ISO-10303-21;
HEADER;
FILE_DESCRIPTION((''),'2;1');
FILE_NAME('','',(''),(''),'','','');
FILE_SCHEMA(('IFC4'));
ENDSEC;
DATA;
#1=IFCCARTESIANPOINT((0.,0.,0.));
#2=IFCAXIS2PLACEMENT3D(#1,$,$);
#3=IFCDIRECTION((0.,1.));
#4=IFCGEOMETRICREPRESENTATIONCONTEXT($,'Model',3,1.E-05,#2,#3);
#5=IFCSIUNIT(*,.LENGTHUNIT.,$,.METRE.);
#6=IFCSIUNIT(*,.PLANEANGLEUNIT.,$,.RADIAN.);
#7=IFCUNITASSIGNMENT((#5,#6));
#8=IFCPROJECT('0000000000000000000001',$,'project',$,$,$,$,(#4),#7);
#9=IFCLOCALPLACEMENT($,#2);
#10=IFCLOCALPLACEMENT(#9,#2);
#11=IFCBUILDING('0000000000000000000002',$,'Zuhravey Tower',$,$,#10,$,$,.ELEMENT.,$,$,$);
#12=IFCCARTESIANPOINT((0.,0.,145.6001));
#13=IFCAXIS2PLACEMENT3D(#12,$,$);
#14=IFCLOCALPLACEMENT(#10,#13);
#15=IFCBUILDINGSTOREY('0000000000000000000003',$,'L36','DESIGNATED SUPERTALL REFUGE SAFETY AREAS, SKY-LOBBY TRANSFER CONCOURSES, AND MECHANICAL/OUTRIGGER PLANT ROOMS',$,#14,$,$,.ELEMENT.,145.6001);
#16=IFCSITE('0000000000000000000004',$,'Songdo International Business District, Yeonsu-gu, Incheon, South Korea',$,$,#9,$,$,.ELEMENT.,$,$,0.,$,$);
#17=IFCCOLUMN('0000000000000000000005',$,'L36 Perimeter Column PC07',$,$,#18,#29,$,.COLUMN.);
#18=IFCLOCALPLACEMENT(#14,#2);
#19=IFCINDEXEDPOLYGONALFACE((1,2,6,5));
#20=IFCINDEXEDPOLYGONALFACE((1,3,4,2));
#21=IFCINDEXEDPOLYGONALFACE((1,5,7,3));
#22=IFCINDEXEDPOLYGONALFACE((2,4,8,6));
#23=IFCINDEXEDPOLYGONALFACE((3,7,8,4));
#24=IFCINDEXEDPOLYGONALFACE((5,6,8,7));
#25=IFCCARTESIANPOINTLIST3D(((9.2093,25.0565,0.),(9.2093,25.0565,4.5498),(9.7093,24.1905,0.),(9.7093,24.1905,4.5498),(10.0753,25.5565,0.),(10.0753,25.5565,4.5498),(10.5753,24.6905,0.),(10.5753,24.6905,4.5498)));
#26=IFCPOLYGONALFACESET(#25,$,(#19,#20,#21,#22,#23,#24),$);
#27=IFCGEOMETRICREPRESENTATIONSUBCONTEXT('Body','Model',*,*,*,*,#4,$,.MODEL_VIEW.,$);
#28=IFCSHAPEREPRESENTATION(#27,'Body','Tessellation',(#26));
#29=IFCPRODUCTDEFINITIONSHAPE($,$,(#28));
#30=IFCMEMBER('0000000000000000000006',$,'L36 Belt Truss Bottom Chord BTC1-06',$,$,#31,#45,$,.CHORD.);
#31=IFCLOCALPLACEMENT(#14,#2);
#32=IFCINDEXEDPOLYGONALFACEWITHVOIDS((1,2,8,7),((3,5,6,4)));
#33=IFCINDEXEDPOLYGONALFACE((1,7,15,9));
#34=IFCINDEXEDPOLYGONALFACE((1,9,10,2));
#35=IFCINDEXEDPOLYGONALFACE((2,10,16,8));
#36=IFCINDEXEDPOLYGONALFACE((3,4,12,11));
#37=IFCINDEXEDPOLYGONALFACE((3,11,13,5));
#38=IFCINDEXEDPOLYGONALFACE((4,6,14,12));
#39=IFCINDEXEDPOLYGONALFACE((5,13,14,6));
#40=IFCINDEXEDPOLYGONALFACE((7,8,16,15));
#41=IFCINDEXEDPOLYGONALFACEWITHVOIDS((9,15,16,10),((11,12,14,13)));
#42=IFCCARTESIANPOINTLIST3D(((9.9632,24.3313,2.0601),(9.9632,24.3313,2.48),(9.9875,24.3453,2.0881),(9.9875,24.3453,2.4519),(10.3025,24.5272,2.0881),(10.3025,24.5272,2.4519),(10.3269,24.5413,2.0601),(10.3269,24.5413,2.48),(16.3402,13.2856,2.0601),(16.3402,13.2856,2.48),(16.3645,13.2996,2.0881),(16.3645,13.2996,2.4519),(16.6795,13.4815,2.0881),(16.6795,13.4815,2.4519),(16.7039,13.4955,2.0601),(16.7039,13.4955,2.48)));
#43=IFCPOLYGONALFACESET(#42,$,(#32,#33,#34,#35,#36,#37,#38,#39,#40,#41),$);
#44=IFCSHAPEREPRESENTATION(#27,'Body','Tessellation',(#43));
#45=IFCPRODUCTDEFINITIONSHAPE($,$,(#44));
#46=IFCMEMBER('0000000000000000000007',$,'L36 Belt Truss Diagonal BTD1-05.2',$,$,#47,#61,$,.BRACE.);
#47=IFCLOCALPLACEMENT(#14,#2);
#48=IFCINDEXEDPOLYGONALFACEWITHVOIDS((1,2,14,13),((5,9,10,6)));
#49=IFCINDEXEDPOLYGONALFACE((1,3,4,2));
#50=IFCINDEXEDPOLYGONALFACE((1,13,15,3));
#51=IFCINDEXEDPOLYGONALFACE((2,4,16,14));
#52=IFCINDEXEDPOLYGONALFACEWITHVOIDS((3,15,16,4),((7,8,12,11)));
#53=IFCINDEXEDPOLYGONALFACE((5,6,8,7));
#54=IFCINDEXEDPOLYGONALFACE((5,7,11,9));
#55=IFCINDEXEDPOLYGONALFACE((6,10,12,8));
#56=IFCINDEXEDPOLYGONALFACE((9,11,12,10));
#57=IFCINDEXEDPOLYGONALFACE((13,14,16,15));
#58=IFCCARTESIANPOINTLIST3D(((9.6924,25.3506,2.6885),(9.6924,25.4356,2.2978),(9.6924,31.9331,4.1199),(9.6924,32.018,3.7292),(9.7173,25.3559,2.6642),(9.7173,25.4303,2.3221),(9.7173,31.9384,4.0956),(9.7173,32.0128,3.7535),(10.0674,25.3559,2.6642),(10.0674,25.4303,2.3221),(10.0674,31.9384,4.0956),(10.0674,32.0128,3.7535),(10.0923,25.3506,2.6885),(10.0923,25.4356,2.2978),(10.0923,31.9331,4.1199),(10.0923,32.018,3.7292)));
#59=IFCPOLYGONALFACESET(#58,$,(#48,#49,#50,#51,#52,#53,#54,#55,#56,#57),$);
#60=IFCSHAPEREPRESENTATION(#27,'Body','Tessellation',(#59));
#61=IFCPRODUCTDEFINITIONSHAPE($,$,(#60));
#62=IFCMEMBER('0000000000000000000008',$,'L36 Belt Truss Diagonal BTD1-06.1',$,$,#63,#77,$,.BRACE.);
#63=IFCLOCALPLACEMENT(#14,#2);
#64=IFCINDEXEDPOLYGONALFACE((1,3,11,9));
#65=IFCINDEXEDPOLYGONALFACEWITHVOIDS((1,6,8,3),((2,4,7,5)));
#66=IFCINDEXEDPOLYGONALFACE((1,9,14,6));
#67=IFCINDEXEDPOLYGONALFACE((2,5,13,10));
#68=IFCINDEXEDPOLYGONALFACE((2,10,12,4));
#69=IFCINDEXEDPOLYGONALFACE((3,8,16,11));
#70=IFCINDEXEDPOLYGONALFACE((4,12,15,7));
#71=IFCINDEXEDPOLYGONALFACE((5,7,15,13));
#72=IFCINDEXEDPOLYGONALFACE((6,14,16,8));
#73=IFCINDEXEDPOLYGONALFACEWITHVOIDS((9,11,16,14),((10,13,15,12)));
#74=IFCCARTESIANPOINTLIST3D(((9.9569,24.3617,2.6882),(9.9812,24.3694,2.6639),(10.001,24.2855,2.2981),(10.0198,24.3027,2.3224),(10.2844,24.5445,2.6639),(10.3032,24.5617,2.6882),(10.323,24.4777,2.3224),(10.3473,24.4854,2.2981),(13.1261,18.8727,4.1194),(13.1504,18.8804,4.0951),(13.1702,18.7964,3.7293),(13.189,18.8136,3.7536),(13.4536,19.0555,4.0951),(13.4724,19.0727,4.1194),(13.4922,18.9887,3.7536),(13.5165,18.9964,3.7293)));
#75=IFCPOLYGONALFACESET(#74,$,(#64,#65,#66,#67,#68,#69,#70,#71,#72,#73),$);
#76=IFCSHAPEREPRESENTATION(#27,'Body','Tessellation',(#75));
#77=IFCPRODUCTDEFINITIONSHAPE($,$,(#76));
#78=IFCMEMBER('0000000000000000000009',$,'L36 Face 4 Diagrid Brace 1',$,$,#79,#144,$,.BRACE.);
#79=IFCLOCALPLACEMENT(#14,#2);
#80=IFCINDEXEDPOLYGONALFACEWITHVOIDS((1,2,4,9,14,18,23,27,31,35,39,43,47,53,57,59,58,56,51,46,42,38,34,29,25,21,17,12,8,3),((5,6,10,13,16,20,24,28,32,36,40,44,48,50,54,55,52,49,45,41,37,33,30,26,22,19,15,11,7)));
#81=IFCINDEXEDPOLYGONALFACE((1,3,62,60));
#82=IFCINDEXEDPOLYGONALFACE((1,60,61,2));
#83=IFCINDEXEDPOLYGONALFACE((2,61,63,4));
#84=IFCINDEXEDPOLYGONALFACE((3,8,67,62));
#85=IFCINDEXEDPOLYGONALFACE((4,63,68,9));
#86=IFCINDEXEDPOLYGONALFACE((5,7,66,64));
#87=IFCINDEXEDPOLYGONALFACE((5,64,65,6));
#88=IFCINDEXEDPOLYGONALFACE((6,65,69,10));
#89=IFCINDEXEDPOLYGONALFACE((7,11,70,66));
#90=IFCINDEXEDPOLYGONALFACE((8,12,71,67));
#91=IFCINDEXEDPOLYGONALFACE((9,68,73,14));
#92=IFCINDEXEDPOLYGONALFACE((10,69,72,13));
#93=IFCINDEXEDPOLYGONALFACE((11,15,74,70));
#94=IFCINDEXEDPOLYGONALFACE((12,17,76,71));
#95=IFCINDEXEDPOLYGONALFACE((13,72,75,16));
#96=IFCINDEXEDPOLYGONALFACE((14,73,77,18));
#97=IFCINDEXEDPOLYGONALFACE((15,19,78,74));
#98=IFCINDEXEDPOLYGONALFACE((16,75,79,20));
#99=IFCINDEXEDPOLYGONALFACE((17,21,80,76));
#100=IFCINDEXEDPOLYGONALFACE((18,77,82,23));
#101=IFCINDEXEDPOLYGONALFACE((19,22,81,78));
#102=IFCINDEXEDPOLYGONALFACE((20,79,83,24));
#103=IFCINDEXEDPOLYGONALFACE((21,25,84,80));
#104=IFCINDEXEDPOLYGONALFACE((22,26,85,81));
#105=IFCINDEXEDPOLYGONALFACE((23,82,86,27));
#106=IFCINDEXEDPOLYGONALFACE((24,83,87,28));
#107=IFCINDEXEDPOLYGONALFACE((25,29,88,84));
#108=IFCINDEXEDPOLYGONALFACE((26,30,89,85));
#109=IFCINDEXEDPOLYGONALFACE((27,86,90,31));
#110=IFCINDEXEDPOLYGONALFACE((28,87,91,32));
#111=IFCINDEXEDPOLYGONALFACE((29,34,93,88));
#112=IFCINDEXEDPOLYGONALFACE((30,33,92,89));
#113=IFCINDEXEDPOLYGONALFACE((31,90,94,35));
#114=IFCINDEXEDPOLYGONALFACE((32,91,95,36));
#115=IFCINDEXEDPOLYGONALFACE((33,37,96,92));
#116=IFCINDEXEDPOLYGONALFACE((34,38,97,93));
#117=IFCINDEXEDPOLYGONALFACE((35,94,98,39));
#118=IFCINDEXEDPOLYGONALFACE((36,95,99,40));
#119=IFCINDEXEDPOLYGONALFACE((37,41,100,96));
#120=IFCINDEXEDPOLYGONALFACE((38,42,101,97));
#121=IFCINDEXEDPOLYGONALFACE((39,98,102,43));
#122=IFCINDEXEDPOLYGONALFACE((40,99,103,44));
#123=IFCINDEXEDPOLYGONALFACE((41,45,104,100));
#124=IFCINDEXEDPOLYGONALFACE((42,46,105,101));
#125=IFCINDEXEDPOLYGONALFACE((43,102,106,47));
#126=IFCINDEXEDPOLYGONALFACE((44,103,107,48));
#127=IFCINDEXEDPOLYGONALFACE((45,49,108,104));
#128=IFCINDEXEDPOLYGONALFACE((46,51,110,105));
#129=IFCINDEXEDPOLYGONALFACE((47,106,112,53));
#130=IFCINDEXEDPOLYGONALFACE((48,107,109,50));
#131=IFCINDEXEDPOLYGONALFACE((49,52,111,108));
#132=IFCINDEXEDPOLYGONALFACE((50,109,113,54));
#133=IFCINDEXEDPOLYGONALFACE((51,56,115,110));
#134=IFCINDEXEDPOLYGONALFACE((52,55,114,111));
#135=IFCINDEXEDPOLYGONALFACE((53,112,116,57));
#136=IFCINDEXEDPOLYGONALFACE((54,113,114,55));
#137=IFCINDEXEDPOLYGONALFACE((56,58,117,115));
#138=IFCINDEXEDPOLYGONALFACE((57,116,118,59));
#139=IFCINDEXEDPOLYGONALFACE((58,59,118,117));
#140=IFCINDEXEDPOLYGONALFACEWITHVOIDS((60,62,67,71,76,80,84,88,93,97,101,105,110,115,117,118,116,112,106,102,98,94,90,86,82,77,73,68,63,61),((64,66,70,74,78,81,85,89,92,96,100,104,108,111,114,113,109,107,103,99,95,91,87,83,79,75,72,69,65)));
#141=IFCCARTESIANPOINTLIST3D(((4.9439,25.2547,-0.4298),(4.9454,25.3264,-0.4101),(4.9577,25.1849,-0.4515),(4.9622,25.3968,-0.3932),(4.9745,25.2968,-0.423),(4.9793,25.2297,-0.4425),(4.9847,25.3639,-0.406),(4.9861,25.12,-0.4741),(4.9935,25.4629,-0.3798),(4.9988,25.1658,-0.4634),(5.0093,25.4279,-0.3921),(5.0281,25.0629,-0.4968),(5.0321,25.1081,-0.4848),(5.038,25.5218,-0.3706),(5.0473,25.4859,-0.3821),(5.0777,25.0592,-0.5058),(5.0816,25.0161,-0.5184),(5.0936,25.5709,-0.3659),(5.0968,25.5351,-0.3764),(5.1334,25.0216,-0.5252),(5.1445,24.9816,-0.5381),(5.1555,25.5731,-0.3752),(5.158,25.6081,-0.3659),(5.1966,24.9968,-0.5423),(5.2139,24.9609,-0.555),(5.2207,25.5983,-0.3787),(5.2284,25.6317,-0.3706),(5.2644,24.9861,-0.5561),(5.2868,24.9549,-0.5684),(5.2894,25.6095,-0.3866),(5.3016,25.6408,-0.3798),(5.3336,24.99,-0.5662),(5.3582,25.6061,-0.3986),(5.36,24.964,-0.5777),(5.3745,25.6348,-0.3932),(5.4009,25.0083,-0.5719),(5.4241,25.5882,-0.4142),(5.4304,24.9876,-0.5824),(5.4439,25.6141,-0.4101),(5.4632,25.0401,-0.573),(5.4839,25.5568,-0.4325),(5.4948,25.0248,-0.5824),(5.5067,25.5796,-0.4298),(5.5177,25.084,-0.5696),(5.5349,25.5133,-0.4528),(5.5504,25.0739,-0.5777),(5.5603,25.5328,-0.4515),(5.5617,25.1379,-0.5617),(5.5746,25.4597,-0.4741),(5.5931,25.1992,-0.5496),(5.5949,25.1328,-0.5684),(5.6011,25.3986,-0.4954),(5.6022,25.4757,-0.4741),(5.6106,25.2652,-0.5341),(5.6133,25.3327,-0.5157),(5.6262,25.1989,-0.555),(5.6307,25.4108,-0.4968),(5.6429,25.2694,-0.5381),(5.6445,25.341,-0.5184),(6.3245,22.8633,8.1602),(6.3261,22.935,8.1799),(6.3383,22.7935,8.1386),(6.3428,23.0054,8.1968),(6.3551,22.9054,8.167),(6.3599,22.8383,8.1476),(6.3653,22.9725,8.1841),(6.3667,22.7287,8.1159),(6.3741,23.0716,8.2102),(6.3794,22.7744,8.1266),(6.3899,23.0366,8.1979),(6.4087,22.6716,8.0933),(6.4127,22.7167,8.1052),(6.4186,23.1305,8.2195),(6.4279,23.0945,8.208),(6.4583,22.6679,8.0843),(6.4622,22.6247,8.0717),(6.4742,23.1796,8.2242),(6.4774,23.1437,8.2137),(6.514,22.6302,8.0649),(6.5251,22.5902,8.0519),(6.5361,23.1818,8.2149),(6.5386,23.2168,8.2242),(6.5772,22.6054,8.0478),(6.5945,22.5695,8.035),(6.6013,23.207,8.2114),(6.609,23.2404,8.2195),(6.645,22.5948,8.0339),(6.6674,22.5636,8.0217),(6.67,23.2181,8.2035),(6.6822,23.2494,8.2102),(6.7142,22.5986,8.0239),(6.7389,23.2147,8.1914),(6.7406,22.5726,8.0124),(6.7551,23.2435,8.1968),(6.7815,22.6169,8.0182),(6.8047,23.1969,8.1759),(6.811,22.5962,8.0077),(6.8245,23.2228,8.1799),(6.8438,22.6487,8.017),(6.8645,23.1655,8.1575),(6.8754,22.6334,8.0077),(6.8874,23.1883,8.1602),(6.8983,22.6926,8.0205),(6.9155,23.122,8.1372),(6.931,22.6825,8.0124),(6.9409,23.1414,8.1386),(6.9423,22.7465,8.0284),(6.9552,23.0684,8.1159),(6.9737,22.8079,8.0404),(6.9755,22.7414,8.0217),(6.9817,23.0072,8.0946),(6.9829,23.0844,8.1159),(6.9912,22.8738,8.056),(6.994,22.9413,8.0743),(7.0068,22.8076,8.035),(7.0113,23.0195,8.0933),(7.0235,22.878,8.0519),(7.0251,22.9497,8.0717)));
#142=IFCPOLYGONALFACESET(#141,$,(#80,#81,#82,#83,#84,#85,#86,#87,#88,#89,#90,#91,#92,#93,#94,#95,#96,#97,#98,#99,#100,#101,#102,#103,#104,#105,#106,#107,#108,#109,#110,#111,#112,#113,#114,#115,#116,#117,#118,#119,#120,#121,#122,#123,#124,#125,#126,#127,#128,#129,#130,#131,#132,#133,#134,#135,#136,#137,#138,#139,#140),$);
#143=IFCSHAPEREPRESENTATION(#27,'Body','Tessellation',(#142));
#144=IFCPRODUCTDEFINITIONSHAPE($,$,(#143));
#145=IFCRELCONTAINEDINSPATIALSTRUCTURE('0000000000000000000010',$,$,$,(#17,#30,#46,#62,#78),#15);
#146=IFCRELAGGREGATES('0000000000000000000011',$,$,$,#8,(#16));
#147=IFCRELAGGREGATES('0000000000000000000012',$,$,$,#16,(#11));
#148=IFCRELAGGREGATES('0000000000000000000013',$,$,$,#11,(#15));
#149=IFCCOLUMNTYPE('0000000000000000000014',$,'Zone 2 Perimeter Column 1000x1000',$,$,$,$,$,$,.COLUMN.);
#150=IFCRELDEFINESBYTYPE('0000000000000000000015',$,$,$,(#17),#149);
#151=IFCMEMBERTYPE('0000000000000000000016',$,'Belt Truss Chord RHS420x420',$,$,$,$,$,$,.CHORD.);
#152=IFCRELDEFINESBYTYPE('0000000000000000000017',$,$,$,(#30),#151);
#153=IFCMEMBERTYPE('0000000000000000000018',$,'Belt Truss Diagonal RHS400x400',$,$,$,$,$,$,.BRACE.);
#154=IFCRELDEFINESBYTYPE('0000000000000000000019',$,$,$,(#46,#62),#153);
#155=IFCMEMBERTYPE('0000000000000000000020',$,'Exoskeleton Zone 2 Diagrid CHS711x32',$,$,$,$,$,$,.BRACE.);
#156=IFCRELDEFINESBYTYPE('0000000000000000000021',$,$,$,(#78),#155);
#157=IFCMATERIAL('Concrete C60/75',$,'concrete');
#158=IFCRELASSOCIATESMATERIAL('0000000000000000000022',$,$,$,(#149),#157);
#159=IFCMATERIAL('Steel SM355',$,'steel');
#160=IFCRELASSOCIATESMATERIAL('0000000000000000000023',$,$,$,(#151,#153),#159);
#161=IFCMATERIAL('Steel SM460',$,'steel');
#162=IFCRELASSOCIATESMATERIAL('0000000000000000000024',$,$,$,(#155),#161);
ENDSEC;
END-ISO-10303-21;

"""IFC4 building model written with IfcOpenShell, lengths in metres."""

from ifc_helpers import new_model, si_unit, direction, frame, origin, origin_2d, place, context, subcontext, project, spatial, rectangle, hollow_rectangle, hollow_circle, extrude, material, material_profile, profile_set, type_object, element, save


model = new_model("IFC4")

# Units and contexts
model_context = context("Model", 3, precision=1e-05, world=origin(), true_north=direction((0.0, 1.0)))
body_context = subcontext(model_context, "Body", "Model", "MODEL_VIEW")
ifc_project = project(units=[si_unit("LENGTHUNIT", "METRE"), si_unit("PLANEANGLEUNIT", "RADIAN")], contexts=[model_context])

# Site, building, storey
site_placement = place(None, origin())
site = spatial("IfcSite", under=ifc_project, at=site_placement, Name="Songdo International Business District, Yeonsu-gu, Incheon, South Korea", CompositionType="ELEMENT", RefElevation=0.0)
building_placement = place(site_placement, origin())
building = spatial("IfcBuilding", under=site, at=building_placement, Name="Zuhravey Tower", CompositionType="ELEMENT")
storey_placement = place(building_placement, frame((0.0, 0.0, 145.6001)))
storey = spatial("IfcBuildingStorey", under=building, at=storey_placement, Name="L36", Description="DESIGNATED SUPERTALL REFUGE SAFETY AREAS, SKY-LOBBY TRANSFER CONCOURSES, AND MECHANICAL/OUTRIGGER PLANT ROOMS", CompositionType="ELEMENT", Elevation=145.6001)

# Column
ifc_material_1 = material(Name="Concrete C60/75", Category="concrete")
ifc_material_profile_1 = material_profile(ifc_material_1, rectangle(XDim=1.0, YDim=1.0, at=origin_2d()), Name="RC-1000x1000")
ifc_profile_set_1 = profile_set([ifc_material_profile_1], Name="Concrete C60/75")
column_type = type_object("IfcColumnType", Name="Zone 2 Perimeter Column 1000x1000", PredefinedType="COLUMN", material=ifc_profile_set_1)
column_placement = place(storey_placement, frame((9.8923, 24.8735, 0.0), z_axis=(0.0, 0.0, 1.0), x_axis=(0.5, -0.866025, 0.0)))
element("IfcColumn", 1, at=column_placement, inside=storey, type_object=column_type, Name="L36 Perimeter Column PC07", PredefinedType="COLUMN", context=body_context, shape_type="SweptSolid", body=[
    extrude(rectangle(XDim=1.0, YDim=1.0, at=origin_2d()), origin(), (0.0, 0.0, 1.0), 4.5498),
])

# Members
ifc_material_2 = material(Name="Steel SM355", Category="steel")
ifc_material_profile_2 = material_profile(ifc_material_2, hollow_rectangle(XDim=0.4199, YDim=0.4199, WallThickness=0.0281, at=origin_2d()), Name="RHS-420x420x28")
ifc_profile_set_2 = profile_set([ifc_material_profile_2], Name="Steel SM355")
member_type_1 = type_object("IfcMemberType", Name="Belt Truss Chord RHS420x420", PredefinedType="CHORD", material=ifc_profile_set_2)
member_1_placement = place(storey_placement, frame((10.145, 24.4363, 2.27), z_axis=(0.499985, -0.866034, 0.0), x_axis=(0.866034, 0.499985, 0.0)))
element("IfcMember", 2, at=member_1_placement, inside=storey, type_object=member_type_1, Name="L36 Belt Truss Bottom Chord BTC1-06", PredefinedType="CHORD", context=body_context, shape_type="SweptSolid", body=[
    extrude(hollow_rectangle(XDim=0.4199, YDim=0.4199, WallThickness=0.0281, at=origin_2d()), origin(), (0.0, 0.0, 1.0), 12.7544),
])
ifc_material_profile_3 = material_profile(ifc_material_2, hollow_rectangle(XDim=0.3999, YDim=0.3999, WallThickness=0.0249, at=origin_2d()), Name="RHS-400x400x25")
ifc_profile_set_3 = profile_set([ifc_material_profile_3], Name="Steel SM355")
member_type_2 = type_object("IfcMemberType", Name="Belt Truss Diagonal RHS400x400", PredefinedType="BRACE", material=ifc_profile_set_3)
member_2_placement = place(storey_placement, frame((9.8923, 25.3931, 2.4932), z_axis=(0.0, 0.977164, 0.212488), x_axis=(-1.0, 0.0, 0.0)))
element("IfcMember", 3, at=member_2_placement, inside=storey, type_object=member_type_2, Name="L36 Belt Truss Diagonal BTD1-05.2", PredefinedType="BRACE", context=body_context, shape_type="SweptSolid", body=[
    extrude(hollow_rectangle(XDim=0.3999, YDim=0.3999, WallThickness=0.0249, at=origin_2d()), origin(), (0.0, 0.0, 1.0), 6.7363),
])
member_3_placement = place(storey_placement, frame((10.1521, 24.4236, 2.4932), z_axis=(0.487734, -0.844751, 0.220252), x_axis=(0.866018, 0.500013, 0.0)))
element("IfcMember", 4, at=member_3_placement, inside=storey, type_object=member_type_2, Name="L36 Belt Truss Diagonal BTD1-06.1", PredefinedType="BRACE", context=body_context, shape_type="SweptSolid", body=[
    extrude(hollow_rectangle(XDim=0.3999, YDim=0.3999, WallThickness=0.0249, at=origin_2d()), origin(), (0.0, 0.0, 1.0), 6.4978),
])
ifc_material_3 = material(Name="Steel SM460", Category="steel")
ifc_material_profile_4 = material_profile(ifc_material_3, hollow_circle(Radius=0.3557, WallThickness=0.032, at=origin_2d()), Name="CHS-711.2x32")
ifc_profile_set_4 = profile_set([ifc_material_profile_4], Name="Steel SM460")
member_type_3 = type_object("IfcMemberType", Name="Exoskeleton Zone 2 Diagrid CHS711x32", PredefinedType="BRACE", material=ifc_profile_set_4)
member_4_placement = place(storey_placement, frame((5.2942, 25.2979, -0.4741), z_axis=(0.153011, -0.265029, 0.952023), x_axis=(0.866031, 0.49999, 0.0)))
element("IfcMember", 5, at=member_4_placement, inside=storey, type_object=member_type_3, Name="L36 Face 4 Diagrid Brace 1", PredefinedType="BRACE", context=body_context, shape_type="SweptSolid", body=[
    extrude(hollow_circle(Radius=0.3557, WallThickness=0.032, at=origin_2d()), origin(), (0.0, 0.0, 1.0), 9.0229),
])

save(model, "model.ifc")
